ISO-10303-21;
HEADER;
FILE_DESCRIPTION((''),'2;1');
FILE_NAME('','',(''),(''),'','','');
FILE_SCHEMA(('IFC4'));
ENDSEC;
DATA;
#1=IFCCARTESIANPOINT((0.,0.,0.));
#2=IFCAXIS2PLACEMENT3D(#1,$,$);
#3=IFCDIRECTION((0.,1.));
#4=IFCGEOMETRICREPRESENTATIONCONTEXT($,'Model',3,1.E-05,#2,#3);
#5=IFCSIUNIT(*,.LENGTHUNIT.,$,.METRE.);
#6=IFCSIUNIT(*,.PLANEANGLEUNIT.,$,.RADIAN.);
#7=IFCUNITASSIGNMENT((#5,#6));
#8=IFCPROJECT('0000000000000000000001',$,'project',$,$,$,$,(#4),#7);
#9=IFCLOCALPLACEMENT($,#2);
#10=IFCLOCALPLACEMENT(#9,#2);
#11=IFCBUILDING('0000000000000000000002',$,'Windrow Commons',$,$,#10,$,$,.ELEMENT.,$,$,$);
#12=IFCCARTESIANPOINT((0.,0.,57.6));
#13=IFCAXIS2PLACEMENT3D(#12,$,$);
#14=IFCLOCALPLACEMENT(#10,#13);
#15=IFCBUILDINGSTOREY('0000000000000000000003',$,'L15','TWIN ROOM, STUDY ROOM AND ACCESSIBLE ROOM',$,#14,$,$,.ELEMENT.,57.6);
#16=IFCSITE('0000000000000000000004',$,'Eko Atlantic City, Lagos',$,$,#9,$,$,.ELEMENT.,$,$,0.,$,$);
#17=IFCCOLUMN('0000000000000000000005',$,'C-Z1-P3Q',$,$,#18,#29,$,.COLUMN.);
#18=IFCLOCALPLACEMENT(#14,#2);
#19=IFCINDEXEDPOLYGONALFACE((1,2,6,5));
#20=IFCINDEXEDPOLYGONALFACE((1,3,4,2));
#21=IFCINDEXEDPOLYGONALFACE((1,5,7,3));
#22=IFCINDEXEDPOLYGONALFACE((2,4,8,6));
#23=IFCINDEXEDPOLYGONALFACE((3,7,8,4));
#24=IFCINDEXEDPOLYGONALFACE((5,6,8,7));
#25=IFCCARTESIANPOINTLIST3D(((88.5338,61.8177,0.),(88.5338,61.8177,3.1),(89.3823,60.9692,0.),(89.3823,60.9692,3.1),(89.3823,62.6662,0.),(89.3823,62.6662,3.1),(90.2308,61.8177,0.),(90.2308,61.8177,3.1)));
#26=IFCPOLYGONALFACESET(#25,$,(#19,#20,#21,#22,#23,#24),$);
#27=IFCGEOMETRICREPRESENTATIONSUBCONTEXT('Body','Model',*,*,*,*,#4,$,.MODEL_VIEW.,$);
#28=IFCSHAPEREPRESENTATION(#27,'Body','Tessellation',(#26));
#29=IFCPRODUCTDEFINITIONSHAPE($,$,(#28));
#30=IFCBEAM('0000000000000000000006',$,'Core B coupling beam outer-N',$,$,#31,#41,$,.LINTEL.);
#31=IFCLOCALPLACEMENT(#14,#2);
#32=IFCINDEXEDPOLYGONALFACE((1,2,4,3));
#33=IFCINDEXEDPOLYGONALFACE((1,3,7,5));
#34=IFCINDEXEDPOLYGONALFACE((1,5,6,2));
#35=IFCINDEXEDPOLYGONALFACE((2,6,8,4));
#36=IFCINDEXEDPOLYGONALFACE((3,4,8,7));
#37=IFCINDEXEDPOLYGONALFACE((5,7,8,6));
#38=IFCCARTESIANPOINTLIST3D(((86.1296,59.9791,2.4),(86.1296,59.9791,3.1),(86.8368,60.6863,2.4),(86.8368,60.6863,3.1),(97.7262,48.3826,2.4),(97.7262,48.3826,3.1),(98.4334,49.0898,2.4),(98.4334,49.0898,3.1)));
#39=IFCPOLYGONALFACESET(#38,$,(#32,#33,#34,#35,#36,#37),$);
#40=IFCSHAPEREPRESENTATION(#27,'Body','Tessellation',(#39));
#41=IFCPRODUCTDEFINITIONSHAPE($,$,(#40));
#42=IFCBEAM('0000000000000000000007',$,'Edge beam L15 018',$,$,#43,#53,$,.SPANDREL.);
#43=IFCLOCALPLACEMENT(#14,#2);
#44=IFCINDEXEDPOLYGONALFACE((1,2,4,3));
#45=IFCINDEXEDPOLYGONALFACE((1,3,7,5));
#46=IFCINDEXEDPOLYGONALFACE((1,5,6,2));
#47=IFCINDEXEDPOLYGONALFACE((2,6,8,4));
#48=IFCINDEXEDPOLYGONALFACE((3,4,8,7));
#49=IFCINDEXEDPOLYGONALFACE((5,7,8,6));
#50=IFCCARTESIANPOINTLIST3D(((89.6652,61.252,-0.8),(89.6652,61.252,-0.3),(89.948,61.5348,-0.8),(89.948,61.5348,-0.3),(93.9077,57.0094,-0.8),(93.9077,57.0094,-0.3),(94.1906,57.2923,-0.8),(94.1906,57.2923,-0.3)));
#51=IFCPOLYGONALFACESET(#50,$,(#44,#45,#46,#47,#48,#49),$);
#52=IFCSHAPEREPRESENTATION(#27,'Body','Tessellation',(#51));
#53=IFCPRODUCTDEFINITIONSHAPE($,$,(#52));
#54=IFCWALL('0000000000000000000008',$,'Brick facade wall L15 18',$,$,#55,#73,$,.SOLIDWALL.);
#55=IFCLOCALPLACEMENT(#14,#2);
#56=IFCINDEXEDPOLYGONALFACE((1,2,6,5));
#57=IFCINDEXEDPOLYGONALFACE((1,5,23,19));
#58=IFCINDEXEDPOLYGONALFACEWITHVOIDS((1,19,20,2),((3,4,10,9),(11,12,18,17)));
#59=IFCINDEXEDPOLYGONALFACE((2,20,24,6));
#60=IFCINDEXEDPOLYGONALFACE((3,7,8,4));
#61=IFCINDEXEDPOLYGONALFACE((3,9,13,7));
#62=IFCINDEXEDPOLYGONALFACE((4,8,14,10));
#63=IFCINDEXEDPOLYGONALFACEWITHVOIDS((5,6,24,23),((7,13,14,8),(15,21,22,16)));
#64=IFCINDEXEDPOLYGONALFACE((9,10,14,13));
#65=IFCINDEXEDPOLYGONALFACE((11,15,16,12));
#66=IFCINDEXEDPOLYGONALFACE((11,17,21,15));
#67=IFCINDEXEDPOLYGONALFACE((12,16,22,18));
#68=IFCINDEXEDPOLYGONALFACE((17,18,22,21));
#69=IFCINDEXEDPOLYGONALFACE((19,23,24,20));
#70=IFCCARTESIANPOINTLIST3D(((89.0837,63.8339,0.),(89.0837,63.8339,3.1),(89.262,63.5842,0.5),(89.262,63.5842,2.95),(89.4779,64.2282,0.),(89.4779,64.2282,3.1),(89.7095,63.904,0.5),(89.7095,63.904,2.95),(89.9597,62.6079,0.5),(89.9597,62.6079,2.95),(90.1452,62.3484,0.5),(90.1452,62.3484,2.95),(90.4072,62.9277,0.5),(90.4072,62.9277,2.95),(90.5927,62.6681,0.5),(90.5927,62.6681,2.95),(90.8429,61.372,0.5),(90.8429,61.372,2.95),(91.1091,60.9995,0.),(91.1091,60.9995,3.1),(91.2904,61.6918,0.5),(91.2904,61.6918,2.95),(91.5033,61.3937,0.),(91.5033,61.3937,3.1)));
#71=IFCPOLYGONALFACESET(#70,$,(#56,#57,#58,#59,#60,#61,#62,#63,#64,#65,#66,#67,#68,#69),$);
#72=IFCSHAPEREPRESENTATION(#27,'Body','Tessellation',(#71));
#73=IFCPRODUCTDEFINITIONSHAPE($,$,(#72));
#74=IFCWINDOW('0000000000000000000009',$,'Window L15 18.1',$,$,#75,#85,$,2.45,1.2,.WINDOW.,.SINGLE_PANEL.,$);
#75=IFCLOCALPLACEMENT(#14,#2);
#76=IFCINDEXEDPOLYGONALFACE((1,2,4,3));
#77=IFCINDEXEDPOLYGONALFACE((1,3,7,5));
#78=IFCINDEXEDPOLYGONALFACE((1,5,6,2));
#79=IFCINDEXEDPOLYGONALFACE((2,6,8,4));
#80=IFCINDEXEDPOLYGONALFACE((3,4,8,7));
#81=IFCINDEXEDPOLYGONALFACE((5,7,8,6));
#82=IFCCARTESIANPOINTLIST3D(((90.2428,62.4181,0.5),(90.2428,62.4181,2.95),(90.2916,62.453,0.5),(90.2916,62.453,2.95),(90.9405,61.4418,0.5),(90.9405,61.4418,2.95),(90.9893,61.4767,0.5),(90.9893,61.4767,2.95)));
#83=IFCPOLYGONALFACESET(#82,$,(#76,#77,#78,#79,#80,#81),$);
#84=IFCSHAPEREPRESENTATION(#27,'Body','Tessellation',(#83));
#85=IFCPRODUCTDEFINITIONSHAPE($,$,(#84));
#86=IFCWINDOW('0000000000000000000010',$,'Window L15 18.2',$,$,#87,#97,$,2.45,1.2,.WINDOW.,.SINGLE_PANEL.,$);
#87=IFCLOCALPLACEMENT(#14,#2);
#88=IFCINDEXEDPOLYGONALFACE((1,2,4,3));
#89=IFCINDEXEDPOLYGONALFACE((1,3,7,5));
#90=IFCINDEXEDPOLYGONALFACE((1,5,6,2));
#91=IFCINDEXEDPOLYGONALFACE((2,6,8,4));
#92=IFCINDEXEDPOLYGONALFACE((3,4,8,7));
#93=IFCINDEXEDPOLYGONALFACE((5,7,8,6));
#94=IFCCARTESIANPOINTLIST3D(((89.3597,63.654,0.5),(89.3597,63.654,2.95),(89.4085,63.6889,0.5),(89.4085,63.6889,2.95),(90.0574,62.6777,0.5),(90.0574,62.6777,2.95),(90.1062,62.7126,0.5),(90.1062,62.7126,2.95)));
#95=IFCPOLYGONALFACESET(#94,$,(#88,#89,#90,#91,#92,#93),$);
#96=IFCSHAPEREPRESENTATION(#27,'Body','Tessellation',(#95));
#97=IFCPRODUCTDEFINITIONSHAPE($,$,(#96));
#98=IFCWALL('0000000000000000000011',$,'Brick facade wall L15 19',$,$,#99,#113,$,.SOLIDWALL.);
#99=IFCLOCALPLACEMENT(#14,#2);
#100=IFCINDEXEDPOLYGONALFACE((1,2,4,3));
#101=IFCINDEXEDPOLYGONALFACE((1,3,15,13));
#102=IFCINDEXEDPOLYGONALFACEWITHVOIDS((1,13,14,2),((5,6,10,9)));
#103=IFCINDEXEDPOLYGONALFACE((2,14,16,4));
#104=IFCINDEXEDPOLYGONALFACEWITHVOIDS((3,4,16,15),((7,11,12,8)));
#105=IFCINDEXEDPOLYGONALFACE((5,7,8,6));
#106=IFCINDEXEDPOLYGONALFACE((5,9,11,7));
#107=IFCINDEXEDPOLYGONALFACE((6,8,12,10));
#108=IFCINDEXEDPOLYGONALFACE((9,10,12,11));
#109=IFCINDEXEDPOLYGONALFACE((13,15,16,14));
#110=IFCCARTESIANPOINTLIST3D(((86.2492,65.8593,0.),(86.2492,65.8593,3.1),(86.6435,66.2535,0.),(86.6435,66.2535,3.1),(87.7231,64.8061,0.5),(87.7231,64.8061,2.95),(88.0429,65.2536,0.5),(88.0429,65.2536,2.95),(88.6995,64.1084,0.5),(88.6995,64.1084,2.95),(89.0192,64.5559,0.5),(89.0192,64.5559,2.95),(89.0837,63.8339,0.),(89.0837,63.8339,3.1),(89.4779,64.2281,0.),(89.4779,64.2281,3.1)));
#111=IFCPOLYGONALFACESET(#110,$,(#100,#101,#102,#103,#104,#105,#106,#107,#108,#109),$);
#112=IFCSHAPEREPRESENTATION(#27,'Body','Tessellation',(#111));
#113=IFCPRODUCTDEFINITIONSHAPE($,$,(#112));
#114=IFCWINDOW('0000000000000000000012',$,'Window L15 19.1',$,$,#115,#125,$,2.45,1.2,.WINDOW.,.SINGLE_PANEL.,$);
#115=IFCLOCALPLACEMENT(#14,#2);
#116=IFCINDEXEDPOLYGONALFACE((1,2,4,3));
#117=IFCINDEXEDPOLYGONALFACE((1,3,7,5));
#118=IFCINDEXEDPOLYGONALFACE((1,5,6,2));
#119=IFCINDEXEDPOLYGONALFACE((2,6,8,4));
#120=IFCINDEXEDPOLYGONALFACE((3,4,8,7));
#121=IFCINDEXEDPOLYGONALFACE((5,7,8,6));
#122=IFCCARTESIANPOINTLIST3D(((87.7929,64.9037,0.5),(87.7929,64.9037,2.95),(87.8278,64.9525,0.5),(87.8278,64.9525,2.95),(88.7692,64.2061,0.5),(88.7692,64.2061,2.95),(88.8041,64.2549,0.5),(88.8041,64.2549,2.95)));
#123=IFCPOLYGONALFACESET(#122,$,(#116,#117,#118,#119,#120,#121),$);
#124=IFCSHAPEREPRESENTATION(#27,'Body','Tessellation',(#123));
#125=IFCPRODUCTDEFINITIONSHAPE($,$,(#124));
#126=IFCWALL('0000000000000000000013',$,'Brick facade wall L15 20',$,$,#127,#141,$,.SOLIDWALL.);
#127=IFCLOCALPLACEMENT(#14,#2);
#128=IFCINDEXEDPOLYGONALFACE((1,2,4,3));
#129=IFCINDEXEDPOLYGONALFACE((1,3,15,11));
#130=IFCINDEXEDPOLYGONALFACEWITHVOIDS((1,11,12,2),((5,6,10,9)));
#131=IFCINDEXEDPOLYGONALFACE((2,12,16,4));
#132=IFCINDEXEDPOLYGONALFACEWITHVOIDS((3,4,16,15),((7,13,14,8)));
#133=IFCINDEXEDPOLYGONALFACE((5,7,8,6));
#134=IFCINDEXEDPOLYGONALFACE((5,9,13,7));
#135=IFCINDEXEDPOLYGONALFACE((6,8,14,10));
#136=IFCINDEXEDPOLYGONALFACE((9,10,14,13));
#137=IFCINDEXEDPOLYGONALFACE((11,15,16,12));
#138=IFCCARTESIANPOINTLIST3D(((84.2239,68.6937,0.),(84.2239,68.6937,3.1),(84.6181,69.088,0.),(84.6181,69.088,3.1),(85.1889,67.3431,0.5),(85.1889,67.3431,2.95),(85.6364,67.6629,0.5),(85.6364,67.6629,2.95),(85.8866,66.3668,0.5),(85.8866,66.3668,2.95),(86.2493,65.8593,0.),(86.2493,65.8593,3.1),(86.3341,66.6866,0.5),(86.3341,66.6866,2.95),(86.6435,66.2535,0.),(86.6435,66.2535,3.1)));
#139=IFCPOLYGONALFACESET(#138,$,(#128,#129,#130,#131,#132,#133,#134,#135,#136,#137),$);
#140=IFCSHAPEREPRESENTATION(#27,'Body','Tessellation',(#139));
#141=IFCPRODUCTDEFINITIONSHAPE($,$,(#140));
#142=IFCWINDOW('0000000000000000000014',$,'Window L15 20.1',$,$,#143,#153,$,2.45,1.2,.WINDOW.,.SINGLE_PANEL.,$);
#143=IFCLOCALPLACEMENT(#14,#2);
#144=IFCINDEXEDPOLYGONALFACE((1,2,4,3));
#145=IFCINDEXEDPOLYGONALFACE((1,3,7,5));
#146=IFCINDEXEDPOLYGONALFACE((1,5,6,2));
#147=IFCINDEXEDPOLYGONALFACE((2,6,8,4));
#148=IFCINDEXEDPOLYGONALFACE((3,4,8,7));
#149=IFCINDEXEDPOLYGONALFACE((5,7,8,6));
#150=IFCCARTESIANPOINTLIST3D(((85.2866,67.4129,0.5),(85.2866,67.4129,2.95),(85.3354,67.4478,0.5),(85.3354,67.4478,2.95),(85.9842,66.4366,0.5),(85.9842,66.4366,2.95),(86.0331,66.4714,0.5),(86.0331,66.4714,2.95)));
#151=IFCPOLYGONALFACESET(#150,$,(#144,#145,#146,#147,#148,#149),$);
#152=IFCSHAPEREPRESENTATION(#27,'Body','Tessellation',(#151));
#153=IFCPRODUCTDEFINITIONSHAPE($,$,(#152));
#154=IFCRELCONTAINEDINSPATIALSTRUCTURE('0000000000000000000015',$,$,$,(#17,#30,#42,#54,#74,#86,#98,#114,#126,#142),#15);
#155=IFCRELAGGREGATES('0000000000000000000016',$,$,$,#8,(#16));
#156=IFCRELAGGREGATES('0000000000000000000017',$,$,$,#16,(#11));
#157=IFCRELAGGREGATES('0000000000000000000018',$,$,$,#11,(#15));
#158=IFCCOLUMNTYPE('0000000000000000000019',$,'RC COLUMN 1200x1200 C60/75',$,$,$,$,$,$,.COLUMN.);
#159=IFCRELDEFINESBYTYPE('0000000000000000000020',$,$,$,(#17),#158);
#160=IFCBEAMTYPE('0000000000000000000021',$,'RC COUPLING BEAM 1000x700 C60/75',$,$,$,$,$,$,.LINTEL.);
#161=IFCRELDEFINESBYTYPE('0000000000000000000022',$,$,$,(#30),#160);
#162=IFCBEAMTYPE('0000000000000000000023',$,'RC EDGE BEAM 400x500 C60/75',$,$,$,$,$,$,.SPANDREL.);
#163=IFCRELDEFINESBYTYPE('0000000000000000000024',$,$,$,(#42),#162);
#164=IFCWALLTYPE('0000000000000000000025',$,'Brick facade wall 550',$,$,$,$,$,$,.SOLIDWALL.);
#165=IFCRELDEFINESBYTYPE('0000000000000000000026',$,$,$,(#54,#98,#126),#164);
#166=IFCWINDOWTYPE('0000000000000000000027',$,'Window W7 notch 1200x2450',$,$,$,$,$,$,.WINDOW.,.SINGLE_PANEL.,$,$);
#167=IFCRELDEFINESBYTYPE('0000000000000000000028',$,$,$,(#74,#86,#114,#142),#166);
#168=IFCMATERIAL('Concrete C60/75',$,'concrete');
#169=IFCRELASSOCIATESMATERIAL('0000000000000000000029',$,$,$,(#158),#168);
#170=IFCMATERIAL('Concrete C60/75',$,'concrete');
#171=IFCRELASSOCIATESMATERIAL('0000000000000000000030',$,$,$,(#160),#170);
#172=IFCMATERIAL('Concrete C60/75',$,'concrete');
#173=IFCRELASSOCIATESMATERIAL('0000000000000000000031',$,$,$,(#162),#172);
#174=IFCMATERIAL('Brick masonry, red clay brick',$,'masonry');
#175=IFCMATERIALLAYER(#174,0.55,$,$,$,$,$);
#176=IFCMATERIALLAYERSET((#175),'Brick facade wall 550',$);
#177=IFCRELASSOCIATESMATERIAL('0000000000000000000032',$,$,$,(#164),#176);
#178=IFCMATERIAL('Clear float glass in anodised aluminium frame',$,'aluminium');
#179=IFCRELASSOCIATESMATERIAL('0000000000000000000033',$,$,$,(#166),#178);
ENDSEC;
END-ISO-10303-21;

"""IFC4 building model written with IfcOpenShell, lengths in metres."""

from ifc_helpers import new_model, si_unit, direction, frame, frame_2d, origin, origin_2d, place, context, subcontext, project, spatial, polyline, rectangle, outline, extrude, material, layer, layer_set, material_profile, profile_set, type_object, element, fill, save


model = new_model("IFC4")

# Units and contexts
model_context = context("Model", 3, precision=1e-05, world=origin(), true_north=direction((0.0, 1.0)))
body_context = subcontext(model_context, "Body", "Model", "MODEL_VIEW")
ifc_project = project(units=[si_unit("LENGTHUNIT", "METRE"), si_unit("PLANEANGLEUNIT", "RADIAN")], contexts=[model_context])

# Site, building, storey
site_placement = place(None, origin())
site = spatial("IfcSite", under=ifc_project, at=site_placement, Name="Eko Atlantic City, Lagos", CompositionType="ELEMENT", RefElevation=0.0)
building_placement = place(site_placement, origin())
building = spatial("IfcBuilding", under=site, at=building_placement, Name="Windrow Commons", CompositionType="ELEMENT")
storey_placement = place(building_placement, frame((0.0, 0.0, 57.6)))
storey = spatial("IfcBuildingStorey", under=building, at=storey_placement, Name="L15", Description="TWIN ROOM, STUDY ROOM AND ACCESSIBLE ROOM", CompositionType="ELEMENT", Elevation=57.6)

# Column
ifc_material_1 = material(Name="Concrete C60/75", Category="concrete")
ifc_material_profile_1 = material_profile(ifc_material_1, rectangle(XDim=1.2, YDim=1.2, at=origin_2d()))
ifc_profile_set_1 = profile_set([ifc_material_profile_1], Name="Concrete C60/75")
column_type = type_object("IfcColumnType", Name="RC COLUMN 1200x1200 C60/75", PredefinedType="COLUMN", material=ifc_profile_set_1)
column_placement = place(storey_placement, frame((89.3823, 61.8177, 0.0), z_axis=(0.0, 0.0, 1.0), x_axis=(0.707107, -0.707107, 0.0)))
element("IfcColumn", 1, at=column_placement, inside=storey, type_object=column_type, Name="C-Z1-P3Q", PredefinedType="COLUMN", context=body_context, shape_type="SweptSolid", body=[
    extrude(rectangle(XDim=1.2, YDim=1.2, at=origin_2d()), origin(), (0.0, 0.0, 1.0), 3.1),
])

# Beams
ifc_material_2 = material(Name="Concrete C60/75", Category="concrete")
ifc_material_profile_2 = material_profile(ifc_material_2, rectangle(XDim=1.0, YDim=0.7, at=origin_2d()))
ifc_profile_set_2 = profile_set([ifc_material_profile_2], Name="Concrete C60/75")
beam_type_1 = type_object("IfcBeamType", Name="RC COUPLING BEAM 1000x700 C60/75", PredefinedType="LINTEL", material=ifc_profile_set_2)
beam_1_placement = place(storey_placement, frame((86.4832, 60.3327, 2.75), z_axis=(0.70711, -0.707104, 0.0), x_axis=(0.707104, 0.70711, 0.0)))
element("IfcBeam", 2, at=beam_1_placement, inside=storey, type_object=beam_type_1, Name="Core B coupling beam outer-N", PredefinedType="LINTEL", context=body_context, shape_type="SweptSolid", body=[
    extrude(rectangle(XDim=1.0, YDim=0.7, at=origin_2d()), origin(), (0.0, 0.0, 1.0), 16.4),
])
ifc_material_3 = material(Name="Concrete C60/75", Category="concrete")
ifc_material_profile_3 = material_profile(ifc_material_3, rectangle(XDim=0.4, YDim=0.5, at=origin_2d()))
ifc_profile_set_3 = profile_set([ifc_material_profile_3], Name="Concrete C60/75")
beam_type_2 = type_object("IfcBeamType", Name="RC EDGE BEAM 400x500 C60/75", PredefinedType="SPANDREL", material=ifc_profile_set_3)
beam_2_placement = place(storey_placement, frame((89.8066, 61.3934, -0.55), z_axis=(0.707107, -0.707107, 0.0), x_axis=(0.707107, 0.707107, 0.0)))
element("IfcBeam", 3, at=beam_2_placement, inside=storey, type_object=beam_type_2, Name="Edge beam L15 018", PredefinedType="SPANDREL", context=body_context, shape_type="SweptSolid", body=[
    extrude(rectangle(XDim=0.4, YDim=0.5, at=origin_2d()), origin(), (0.0, 0.0, 1.0), 5.9999),
])

# Wall, openings, windows
ifc_material_4 = material(Name="Brick masonry, red clay brick", Category="masonry")
ifc_layer_1 = layer(ifc_material_4, 0.55)
ifc_layer_set_1 = layer_set([ifc_layer_1], Name="Brick facade wall 550")
wall_type_1 = type_object("IfcWallType", Name="Brick facade wall 550", PredefinedType="SOLIDWALL", material=ifc_layer_set_1)
wall_1_placement = place(storey_placement, frame((91.3062, 61.1966, 0.0), z_axis=(0.0, 0.0, 1.0), x_axis=(-0.581396, 0.813621, 0.0)))
wall_1 = element("IfcWall", 4, at=wall_1_placement, inside=storey, type_object=wall_type_1, Name="Brick facade wall L15 18", PredefinedType="SOLIDWALL", context=body_context, shape_type="SweptSolid", body=[
    extrude(outline(polyline([(0.0458, -0.275), (3.5295, -0.275), (3.4379, 0.275), (-0.0458, 0.275), (0.0458, -0.275)])), origin(), (0.0, 0.0, 1.0), 3.1),
])
opening_1_placement = place(wall_1_placement, frame((0.4121, 0.0, 0.5)))
opening_1 = element("IfcOpeningElement", 5, at=opening_1_placement, cuts=wall_1, PredefinedType="OPENING", context=body_context, shape_type="SweptSolid", body=[
    extrude(rectangle(XDim=1.2, YDim=2.45, at=frame_2d((0.6, 1.225))), frame((0.0, 0.285, 0.0), z_axis=(0.0, -1.0, 0.0), x_axis=(1.0, 0.0, 0.0)), (0.0, 0.0, 1.0), 0.57),
])
opening_2_placement = place(wall_1_placement, frame((1.9311, 0.0, 0.5)))
opening_2 = element("IfcOpeningElement", 6, at=opening_2_placement, cuts=wall_1, PredefinedType="OPENING", context=body_context, shape_type="SweptSolid", body=[
    extrude(rectangle(XDim=1.2, YDim=2.45, at=frame_2d((0.6, 1.225))), frame((0.0, 0.285, 0.0), z_axis=(0.0, -1.0, 0.0), x_axis=(1.0, 0.0, 0.0)), (0.0, 0.0, 1.0), 0.57),
])
ifc_material_5 = material(Name="Clear float glass in anodised aluminium frame", Category="aluminium")
window_type = type_object("IfcWindowType", Name="Window W7 notch 1200x2450", PartitioningType="SINGLE_PANEL", PredefinedType="WINDOW", material=ifc_material_5)
window_1_placement = place(opening_1_placement, origin())
window_1 = element("IfcWindow", 7, at=window_1_placement, inside=storey, type_object=window_type, Name="Window L15 18.1", OverallHeight=2.45, OverallWidth=1.2, PartitioningType="SINGLE_PANEL", PredefinedType="WINDOW", context=body_context, shape_type="SweptSolid", body=[
    extrude(rectangle(XDim=1.2, YDim=2.45, at=frame_2d((0.6, 1.225))), frame((0.0, 0.155, 0.0), z_axis=(0.0, -1.0, 0.0), x_axis=(1.0, 0.0, 0.0)), (0.0, 0.0, 1.0), 0.06),
])
fill(opening_1, window_1)
window_2_placement = place(opening_2_placement, origin())
window_2 = element("IfcWindow", 8, at=window_2_placement, inside=storey, type_object=window_type, Name="Window L15 18.2", OverallHeight=2.45, OverallWidth=1.2, PartitioningType="SINGLE_PANEL", PredefinedType="WINDOW", context=body_context, shape_type="SweptSolid", body=[
    extrude(rectangle(XDim=1.2, YDim=2.45, at=frame_2d((0.6, 1.225))), frame((0.0, 0.155, 0.0), z_axis=(0.0, -1.0, 0.0), x_axis=(1.0, 0.0, 0.0)), (0.0, 0.0, 1.0), 0.06),
])
fill(opening_2, window_2)

# Walls, openings, windows
wall_2_placement = place(storey_placement, frame((89.2808, 64.031, 0.0), z_axis=(0.0, 0.0, 1.0), x_axis=(-0.813621, 0.581396, 0.0)))
wall_2 = element("IfcWall", 9, at=wall_2_placement, inside=storey, type_object=wall_type_1, Name="Brick facade wall L15 19", PredefinedType="SOLIDWALL", context=body_context, shape_type="SweptSolid", body=[
    extrude(outline(polyline([(-0.0458, -0.275), (3.4379, -0.275), (3.5295, 0.275), (0.0458, 0.275), (-0.0458, -0.275)])), origin(), (0.0, 0.0, 1.0), 3.1),
])
opening_3_placement = place(wall_2_placement, frame((0.518, 0.0, 0.5)))
opening_3 = element("IfcOpeningElement", 10, at=opening_3_placement, cuts=wall_2, PredefinedType="OPENING", context=body_context, shape_type="SweptSolid", body=[
    extrude(rectangle(XDim=1.2, YDim=2.45, at=frame_2d((0.6, 1.225))), frame((0.0, 0.285, 0.0), z_axis=(0.0, -1.0, 0.0), x_axis=(1.0, 0.0, 0.0)), (0.0, 0.0, 1.0), 0.57),
])
window_3_placement = place(opening_3_placement, origin())
window_3 = element("IfcWindow", 11, at=window_3_placement, inside=storey, type_object=window_type, Name="Window L15 19.1", OverallHeight=2.45, OverallWidth=1.2, PartitioningType="SINGLE_PANEL", PredefinedType="WINDOW", context=body_context, shape_type="SweptSolid", body=[
    extrude(rectangle(XDim=1.2, YDim=2.45, at=frame_2d((0.6, 1.225))), frame((0.0, 0.155, 0.0), z_axis=(0.0, -1.0, 0.0), x_axis=(1.0, 0.0, 0.0)), (0.0, 0.0, 1.0), 0.06),
])
fill(opening_3, window_3)
wall_3_placement = place(storey_placement, frame((86.4464, 66.0564, 0.0), z_axis=(0.0, 0.0, 1.0), x_axis=(-0.581396, 0.813621, 0.0)))
wall_3 = element("IfcWall", 12, at=wall_3_placement, inside=storey, type_object=wall_type_1, Name="Brick facade wall L15 20", PredefinedType="SOLIDWALL", context=body_context, shape_type="SweptSolid", body=[
    extrude(outline(polyline([(0.0458, -0.275), (3.5295, -0.275), (3.4379, 0.275), (-0.0458, 0.275), (0.0458, -0.275)])), origin(), (0.0, 0.0, 1.0), 3.1),
])
opening_4_placement = place(wall_3_placement, frame((0.578, 0.0, 0.5)))
opening_4 = element("IfcOpeningElement", 13, at=opening_4_placement, cuts=wall_3, PredefinedType="OPENING", context=body_context, shape_type="SweptSolid", body=[
    extrude(rectangle(XDim=1.2, YDim=2.45, at=frame_2d((0.6, 1.225))), frame((0.0, 0.285, 0.0), z_axis=(0.0, -1.0, 0.0), x_axis=(1.0, 0.0, 0.0)), (0.0, 0.0, 1.0), 0.57),
])
window_4_placement = place(opening_4_placement, origin())
window_4 = element("IfcWindow", 14, at=window_4_placement, inside=storey, type_object=window_type, Name="Window L15 20.1", OverallHeight=2.45, OverallWidth=1.2, PartitioningType="SINGLE_PANEL", PredefinedType="WINDOW", context=body_context, shape_type="SweptSolid", body=[
    extrude(rectangle(XDim=1.2, YDim=2.45, at=frame_2d((0.6, 1.225))), frame((0.0, 0.155, 0.0), z_axis=(0.0, -1.0, 0.0), x_axis=(1.0, 0.0, 0.0)), (0.0, 0.0, 1.0), 0.06),
])
fill(opening_4, window_4)

save(model, "model.ifc")
